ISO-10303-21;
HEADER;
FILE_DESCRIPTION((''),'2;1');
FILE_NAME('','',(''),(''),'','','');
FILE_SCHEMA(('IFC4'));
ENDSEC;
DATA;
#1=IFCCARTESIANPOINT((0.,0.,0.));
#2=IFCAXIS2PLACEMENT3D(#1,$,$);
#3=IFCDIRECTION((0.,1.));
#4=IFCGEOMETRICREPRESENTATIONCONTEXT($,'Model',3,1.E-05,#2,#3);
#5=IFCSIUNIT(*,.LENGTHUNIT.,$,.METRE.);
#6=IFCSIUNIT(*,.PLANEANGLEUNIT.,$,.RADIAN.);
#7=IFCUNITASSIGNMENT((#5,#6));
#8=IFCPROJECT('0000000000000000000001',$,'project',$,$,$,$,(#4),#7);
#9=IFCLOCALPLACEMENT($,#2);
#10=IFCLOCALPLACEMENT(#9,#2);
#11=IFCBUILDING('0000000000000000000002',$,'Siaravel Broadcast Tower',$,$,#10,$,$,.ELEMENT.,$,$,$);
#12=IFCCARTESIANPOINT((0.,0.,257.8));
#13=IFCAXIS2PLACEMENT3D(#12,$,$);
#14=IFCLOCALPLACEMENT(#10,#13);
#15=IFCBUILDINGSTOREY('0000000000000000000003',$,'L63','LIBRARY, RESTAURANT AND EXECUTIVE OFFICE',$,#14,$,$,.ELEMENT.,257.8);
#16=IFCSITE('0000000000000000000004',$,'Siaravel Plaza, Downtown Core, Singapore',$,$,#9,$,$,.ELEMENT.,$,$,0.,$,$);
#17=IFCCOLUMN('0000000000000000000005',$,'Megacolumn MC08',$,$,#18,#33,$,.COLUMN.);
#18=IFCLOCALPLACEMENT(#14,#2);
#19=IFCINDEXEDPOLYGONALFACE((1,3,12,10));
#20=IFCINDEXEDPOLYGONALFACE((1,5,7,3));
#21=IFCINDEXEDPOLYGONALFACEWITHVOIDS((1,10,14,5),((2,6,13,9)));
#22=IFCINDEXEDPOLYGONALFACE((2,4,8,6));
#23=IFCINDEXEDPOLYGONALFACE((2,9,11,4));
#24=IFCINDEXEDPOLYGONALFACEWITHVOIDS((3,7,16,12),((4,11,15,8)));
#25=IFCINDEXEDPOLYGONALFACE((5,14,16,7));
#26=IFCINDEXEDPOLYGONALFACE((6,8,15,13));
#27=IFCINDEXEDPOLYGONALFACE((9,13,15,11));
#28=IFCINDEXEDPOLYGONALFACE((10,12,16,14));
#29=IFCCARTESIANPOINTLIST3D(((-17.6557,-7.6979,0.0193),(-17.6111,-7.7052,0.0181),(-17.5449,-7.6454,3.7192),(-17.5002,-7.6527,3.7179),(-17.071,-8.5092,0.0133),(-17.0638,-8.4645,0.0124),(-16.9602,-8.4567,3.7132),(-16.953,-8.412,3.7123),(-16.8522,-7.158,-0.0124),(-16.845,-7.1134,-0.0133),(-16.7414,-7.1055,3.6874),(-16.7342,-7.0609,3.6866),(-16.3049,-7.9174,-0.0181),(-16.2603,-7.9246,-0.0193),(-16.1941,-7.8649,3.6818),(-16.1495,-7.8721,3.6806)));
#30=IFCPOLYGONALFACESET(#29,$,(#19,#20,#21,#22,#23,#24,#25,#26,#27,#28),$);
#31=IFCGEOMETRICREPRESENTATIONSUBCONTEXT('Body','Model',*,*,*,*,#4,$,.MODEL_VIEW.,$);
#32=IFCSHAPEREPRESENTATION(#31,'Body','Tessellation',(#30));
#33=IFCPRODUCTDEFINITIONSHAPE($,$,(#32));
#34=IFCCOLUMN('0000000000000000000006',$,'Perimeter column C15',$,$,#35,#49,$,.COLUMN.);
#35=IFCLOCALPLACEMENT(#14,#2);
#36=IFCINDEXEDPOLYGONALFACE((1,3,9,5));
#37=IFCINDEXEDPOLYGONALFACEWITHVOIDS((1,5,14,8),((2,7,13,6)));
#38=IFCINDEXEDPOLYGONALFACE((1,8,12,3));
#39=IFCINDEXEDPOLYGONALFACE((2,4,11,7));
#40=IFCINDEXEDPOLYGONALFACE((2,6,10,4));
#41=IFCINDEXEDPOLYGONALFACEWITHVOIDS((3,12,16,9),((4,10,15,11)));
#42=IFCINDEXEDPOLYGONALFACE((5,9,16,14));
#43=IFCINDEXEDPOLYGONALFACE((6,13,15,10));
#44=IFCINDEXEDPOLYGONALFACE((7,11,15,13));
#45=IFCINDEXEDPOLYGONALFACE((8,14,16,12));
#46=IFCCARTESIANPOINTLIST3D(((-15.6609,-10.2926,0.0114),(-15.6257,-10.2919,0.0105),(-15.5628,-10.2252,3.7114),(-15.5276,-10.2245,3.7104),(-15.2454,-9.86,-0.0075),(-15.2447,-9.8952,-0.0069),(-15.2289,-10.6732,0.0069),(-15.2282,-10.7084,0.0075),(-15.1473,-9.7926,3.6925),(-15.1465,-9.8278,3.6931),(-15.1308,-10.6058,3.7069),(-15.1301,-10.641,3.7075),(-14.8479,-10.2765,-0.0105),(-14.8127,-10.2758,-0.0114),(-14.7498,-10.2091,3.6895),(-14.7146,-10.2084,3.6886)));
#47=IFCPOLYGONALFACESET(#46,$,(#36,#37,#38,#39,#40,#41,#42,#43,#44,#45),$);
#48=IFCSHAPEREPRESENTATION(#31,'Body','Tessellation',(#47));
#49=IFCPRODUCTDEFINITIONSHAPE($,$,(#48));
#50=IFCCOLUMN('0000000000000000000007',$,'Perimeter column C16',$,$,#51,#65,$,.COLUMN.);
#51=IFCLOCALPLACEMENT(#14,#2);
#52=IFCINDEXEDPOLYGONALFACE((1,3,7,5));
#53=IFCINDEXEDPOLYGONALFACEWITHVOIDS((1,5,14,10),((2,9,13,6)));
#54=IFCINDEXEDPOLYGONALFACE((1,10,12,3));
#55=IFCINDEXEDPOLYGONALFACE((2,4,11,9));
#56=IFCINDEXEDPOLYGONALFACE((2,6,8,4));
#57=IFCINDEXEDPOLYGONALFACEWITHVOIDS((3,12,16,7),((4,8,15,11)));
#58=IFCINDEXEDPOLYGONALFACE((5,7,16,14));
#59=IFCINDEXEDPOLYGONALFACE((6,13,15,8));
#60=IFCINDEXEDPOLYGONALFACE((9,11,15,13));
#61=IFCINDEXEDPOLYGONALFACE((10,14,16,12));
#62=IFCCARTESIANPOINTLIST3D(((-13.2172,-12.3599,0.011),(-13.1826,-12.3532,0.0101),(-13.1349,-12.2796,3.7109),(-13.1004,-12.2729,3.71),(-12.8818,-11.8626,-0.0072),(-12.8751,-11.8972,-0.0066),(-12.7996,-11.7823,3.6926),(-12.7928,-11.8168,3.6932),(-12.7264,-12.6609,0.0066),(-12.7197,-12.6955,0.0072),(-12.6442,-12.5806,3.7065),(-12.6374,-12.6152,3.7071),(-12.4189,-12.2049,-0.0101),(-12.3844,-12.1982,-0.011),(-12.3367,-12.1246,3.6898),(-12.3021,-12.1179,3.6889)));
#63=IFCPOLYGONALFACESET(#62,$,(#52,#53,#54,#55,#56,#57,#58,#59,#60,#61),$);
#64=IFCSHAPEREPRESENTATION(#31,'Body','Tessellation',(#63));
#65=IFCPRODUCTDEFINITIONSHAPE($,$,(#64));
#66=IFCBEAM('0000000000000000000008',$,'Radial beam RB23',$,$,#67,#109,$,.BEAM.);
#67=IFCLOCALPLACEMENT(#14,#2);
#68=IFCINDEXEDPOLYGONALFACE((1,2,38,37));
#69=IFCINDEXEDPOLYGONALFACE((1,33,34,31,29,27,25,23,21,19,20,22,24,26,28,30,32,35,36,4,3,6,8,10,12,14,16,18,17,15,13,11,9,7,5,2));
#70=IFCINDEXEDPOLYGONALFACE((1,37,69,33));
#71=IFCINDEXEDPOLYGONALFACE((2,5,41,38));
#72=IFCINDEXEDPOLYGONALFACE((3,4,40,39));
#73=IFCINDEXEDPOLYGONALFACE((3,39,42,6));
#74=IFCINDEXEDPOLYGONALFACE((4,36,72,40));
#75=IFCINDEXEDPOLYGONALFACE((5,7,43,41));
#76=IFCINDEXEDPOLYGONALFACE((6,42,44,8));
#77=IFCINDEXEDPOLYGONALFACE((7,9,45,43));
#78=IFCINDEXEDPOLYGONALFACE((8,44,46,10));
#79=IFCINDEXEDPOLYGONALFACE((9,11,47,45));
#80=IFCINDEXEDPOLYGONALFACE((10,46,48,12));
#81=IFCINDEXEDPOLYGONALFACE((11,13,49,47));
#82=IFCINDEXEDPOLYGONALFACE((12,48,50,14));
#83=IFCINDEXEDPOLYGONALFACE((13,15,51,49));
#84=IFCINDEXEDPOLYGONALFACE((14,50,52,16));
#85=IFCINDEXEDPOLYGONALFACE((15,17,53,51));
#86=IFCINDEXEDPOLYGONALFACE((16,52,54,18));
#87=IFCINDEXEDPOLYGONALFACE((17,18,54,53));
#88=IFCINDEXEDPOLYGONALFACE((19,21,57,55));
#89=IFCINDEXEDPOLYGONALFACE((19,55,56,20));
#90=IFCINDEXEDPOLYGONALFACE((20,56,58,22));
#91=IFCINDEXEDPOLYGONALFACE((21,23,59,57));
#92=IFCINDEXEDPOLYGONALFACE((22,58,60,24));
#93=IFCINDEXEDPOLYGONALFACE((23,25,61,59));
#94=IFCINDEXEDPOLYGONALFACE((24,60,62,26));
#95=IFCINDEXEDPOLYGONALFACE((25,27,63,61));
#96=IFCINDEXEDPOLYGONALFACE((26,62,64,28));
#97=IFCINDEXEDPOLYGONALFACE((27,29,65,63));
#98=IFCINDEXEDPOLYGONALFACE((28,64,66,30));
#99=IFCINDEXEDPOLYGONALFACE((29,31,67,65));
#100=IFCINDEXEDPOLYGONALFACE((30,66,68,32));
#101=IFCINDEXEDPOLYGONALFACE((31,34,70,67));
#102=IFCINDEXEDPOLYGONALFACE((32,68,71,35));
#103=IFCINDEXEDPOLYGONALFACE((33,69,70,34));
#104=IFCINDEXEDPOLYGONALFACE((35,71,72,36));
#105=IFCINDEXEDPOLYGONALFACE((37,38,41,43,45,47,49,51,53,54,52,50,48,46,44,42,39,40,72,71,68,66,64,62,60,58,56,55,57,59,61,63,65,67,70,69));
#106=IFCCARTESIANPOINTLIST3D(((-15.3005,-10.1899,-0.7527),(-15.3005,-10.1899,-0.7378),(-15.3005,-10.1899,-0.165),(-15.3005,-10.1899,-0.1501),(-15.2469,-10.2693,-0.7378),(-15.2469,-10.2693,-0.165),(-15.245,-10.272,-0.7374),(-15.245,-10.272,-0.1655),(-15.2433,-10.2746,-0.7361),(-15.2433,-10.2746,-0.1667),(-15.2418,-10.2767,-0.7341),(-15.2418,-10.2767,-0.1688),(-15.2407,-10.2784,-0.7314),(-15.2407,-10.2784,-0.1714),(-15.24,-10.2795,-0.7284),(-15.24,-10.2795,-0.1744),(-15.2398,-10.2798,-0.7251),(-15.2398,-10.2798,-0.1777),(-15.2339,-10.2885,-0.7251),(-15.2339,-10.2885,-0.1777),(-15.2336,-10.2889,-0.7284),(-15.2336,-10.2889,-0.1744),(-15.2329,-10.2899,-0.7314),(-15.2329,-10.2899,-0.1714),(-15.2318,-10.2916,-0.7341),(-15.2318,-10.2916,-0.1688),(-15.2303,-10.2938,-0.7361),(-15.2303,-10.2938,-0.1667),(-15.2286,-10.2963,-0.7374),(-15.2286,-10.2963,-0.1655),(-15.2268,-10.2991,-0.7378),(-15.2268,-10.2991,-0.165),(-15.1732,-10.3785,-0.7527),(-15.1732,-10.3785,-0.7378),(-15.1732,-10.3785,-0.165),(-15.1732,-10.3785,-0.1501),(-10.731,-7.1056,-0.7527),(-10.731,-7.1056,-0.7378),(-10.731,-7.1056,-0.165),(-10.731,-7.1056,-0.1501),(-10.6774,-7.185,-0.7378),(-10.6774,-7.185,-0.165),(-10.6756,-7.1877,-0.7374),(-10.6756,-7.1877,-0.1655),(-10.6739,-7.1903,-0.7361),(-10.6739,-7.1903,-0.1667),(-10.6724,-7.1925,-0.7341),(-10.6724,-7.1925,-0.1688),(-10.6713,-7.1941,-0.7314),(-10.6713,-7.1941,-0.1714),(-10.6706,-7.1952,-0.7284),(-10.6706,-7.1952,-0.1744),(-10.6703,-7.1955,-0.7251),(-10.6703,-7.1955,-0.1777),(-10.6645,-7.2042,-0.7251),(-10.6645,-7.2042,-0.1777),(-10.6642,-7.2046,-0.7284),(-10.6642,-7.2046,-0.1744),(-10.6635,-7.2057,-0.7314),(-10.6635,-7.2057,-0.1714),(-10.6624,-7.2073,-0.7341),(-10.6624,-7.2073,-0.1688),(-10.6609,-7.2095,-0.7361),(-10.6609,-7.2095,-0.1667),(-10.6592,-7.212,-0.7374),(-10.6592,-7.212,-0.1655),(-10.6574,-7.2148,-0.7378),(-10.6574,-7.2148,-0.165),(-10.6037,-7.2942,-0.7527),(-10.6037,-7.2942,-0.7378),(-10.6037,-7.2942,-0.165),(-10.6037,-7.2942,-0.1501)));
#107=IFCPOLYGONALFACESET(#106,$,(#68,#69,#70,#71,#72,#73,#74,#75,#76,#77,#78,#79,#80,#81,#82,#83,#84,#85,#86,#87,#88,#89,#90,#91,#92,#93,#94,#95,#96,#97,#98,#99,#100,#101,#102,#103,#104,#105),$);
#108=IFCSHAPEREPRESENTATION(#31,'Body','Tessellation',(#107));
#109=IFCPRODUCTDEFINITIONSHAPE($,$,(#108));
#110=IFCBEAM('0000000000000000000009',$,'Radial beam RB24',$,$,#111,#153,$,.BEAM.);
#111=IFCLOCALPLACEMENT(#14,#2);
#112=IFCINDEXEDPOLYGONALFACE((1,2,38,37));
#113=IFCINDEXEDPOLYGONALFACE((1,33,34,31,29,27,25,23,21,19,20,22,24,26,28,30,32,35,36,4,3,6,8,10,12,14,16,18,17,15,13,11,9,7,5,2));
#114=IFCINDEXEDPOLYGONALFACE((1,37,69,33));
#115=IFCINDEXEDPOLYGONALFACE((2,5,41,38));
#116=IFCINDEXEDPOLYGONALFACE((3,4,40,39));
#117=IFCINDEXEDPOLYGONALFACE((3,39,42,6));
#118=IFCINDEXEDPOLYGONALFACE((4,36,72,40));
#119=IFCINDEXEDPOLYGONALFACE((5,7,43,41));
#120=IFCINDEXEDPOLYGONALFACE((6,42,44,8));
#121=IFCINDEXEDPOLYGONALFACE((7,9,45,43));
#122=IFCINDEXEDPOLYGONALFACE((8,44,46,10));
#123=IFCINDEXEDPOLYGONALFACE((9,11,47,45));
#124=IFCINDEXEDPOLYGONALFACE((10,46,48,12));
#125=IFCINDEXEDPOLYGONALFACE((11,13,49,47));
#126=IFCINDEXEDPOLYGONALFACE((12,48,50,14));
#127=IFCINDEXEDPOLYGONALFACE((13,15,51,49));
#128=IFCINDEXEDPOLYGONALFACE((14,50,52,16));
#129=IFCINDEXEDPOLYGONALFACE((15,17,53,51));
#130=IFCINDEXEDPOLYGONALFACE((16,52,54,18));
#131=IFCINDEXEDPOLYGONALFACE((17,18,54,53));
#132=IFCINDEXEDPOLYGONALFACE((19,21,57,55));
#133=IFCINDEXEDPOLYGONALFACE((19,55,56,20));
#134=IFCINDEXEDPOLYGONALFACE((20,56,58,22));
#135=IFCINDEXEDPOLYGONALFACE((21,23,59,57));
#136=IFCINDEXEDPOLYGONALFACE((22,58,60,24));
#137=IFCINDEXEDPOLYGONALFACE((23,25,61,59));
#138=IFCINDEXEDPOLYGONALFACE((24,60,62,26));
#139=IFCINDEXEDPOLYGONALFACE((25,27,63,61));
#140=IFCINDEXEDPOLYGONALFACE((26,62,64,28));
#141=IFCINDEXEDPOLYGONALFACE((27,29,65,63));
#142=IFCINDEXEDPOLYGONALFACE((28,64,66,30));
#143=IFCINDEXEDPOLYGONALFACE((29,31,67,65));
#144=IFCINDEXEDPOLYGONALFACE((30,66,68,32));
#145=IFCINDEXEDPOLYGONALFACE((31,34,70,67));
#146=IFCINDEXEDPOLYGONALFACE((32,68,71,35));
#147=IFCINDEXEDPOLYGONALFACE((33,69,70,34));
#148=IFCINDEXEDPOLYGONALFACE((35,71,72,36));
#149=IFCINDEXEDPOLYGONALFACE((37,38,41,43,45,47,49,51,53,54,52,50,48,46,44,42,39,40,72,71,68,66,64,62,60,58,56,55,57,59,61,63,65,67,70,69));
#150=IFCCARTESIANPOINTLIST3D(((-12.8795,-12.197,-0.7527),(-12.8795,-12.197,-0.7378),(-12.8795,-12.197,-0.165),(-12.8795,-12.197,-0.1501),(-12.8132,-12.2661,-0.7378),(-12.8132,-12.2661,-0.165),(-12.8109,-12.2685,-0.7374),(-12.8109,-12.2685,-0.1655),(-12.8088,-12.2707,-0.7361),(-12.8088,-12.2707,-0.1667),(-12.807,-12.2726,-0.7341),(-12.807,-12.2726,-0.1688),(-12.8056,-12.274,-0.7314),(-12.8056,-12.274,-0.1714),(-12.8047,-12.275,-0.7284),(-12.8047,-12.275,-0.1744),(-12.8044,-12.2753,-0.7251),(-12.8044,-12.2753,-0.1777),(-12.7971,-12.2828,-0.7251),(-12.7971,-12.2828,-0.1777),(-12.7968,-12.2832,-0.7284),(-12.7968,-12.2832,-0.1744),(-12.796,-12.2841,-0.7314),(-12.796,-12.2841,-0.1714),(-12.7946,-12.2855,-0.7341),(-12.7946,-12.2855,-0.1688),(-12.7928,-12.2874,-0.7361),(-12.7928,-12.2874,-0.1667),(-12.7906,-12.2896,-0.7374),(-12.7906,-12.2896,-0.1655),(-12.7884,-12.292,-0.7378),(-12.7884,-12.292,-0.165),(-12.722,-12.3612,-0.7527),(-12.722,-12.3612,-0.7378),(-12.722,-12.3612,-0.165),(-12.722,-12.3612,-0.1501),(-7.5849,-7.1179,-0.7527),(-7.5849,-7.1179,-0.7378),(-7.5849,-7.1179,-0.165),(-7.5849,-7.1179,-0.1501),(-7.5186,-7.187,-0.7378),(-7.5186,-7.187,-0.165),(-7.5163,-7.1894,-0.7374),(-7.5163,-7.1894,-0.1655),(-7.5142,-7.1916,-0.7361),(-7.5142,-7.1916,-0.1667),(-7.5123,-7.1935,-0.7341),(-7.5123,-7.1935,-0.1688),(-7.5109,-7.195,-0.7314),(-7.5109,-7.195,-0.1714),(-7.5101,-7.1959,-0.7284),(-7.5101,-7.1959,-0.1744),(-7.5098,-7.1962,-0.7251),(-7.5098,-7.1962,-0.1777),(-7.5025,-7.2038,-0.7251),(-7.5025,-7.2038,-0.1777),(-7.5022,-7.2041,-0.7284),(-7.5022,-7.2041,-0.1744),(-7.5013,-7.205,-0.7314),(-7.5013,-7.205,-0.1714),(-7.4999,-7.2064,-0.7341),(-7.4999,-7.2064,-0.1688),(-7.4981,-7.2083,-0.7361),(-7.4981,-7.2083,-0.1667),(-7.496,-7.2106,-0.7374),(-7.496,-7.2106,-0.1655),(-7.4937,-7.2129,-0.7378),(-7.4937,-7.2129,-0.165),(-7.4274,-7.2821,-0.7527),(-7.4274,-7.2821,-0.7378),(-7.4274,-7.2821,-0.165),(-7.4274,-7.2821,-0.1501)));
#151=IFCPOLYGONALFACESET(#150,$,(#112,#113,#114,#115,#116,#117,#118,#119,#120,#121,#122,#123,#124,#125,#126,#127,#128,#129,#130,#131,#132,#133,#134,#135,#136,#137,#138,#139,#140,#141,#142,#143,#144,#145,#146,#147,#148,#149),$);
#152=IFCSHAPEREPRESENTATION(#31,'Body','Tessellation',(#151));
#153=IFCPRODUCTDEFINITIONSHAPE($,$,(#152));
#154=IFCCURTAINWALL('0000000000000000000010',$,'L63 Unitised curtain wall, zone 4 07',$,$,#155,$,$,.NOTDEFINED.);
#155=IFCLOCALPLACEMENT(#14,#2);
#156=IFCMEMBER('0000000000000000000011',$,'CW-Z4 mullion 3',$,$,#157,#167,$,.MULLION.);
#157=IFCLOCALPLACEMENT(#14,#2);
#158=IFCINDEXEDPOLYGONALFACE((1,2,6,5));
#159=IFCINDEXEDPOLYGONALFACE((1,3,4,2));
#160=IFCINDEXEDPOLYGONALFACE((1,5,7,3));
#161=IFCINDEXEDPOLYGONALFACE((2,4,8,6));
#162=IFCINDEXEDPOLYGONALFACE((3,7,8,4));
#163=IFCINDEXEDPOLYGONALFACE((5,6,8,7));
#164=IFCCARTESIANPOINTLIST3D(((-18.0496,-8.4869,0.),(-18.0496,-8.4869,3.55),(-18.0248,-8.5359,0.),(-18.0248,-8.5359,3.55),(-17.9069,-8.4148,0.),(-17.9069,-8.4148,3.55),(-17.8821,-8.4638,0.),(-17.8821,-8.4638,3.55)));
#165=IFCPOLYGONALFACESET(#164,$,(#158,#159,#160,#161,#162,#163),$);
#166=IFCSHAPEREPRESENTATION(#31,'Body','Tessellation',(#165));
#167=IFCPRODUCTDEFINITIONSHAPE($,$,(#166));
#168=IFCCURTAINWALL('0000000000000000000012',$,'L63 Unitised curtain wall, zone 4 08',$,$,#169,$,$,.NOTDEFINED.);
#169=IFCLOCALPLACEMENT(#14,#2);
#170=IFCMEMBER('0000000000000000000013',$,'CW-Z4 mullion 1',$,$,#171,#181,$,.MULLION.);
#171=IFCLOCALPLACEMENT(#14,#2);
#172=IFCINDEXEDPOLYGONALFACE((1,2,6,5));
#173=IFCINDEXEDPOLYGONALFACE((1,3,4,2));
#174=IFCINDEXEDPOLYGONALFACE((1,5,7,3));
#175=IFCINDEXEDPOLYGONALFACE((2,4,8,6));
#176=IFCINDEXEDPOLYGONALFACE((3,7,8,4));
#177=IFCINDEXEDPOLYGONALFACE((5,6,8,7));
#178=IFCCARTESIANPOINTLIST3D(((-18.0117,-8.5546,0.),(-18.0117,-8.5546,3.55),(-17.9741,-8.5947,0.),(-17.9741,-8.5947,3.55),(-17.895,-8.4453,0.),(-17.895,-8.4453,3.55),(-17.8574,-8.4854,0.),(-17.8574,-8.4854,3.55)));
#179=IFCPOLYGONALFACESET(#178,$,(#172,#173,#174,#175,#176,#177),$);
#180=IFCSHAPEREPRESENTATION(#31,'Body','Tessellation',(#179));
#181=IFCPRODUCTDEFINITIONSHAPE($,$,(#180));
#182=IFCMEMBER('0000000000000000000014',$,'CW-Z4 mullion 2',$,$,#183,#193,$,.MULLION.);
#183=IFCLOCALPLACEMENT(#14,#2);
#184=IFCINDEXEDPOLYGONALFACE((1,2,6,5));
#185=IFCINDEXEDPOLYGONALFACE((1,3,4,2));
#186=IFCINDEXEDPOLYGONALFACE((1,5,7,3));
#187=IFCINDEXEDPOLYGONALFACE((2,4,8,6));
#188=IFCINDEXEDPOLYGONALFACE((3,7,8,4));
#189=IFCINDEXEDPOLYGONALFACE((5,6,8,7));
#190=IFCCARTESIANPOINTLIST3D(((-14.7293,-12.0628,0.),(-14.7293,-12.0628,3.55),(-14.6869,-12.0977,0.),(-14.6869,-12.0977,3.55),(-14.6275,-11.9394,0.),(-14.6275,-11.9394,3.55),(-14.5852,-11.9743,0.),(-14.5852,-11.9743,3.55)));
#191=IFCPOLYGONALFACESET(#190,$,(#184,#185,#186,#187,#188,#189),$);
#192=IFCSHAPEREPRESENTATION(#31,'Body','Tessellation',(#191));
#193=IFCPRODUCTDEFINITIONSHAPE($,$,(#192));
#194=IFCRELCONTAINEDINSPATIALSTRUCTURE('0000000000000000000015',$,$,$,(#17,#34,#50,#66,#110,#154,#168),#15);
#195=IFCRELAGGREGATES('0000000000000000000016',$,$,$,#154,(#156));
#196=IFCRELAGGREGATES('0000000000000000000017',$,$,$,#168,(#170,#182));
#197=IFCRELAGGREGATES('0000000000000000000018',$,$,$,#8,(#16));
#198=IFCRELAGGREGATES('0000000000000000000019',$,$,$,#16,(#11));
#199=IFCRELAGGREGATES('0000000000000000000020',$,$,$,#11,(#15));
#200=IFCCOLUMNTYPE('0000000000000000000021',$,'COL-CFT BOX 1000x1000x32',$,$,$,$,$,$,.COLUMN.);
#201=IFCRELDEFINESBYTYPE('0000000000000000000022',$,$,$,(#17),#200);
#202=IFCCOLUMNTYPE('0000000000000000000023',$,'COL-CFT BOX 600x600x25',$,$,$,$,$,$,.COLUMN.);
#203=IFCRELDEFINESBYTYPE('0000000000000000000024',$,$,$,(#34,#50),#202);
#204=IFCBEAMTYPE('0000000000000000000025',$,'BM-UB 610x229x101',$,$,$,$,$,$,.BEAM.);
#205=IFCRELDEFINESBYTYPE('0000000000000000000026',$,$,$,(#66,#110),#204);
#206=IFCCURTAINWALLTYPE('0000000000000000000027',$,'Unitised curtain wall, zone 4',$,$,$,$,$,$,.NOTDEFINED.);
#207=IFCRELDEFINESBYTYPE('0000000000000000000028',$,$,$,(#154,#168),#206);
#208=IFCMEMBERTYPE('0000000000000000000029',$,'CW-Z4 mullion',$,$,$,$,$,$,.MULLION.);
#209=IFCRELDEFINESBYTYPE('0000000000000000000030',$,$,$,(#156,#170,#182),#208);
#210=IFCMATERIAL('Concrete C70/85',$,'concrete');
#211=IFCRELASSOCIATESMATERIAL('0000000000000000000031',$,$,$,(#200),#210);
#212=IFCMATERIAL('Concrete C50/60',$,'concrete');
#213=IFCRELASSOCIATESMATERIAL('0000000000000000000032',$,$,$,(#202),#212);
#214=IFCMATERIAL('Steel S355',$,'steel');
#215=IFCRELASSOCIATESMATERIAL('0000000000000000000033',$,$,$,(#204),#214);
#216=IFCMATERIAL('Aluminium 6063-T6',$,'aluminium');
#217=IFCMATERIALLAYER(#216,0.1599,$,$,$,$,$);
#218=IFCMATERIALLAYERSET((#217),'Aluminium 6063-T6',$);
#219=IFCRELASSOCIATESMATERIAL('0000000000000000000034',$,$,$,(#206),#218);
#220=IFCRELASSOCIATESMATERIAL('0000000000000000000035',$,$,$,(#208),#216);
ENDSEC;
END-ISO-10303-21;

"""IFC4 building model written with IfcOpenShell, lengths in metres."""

from ifc_helpers import new_model, si_unit, direction, frame, origin, origin_2d, place, context, subcontext, project, spatial, rectangle, hollow_rectangle, i_section, extrude, material, layer, layer_set, material_profile, profile_set, type_object, element, aggregate, save


model = new_model("IFC4")

# Units and contexts
model_context = context("Model", 3, precision=1e-05, world=origin(), true_north=direction((0.0, 1.0)))
body_context = subcontext(model_context, "Body", "Model", "MODEL_VIEW")
ifc_project = project(units=[si_unit("LENGTHUNIT", "METRE"), si_unit("PLANEANGLEUNIT", "RADIAN")], contexts=[model_context])

# Site, building, storey
site_placement = place(None, origin())
site = spatial("IfcSite", under=ifc_project, at=site_placement, Name="Siaravel Plaza, Downtown Core, Singapore", CompositionType="ELEMENT", RefElevation=0.0)
building_placement = place(site_placement, origin())
building = spatial("IfcBuilding", under=site, at=building_placement, Name="Siaravel Broadcast Tower", CompositionType="ELEMENT")
storey_placement = place(building_placement, frame((0.0, 0.0, 257.8)))
storey = spatial("IfcBuildingStorey", under=building, at=storey_placement, Name="L63", Description="LIBRARY, RESTAURANT AND EXECUTIVE OFFICE", CompositionType="ELEMENT", Elevation=257.8)

# Columns
ifc_material_1 = material(Name="Concrete C70/85", Category="concrete")
ifc_material_profile_1 = material_profile(ifc_material_1, hollow_rectangle(XDim=1.0, YDim=1.0, WallThickness=0.032, at=origin_2d()))
ifc_profile_set_1 = profile_set([ifc_material_profile_1], Name="Concrete C70/85")
column_type_1 = type_object("IfcColumnType", Name="COL-CFT BOX 1000x1000x32", PredefinedType="COLUMN", material=ifc_profile_set_1)
column_1_placement = place(storey_placement, frame((-16.958, -7.8113, 0.0), z_axis=(0.029941, 0.014179, 0.999451), x_axis=(-0.58468, 0.811242, 0.006006)))
element("IfcColumn", 1, at=column_1_placement, inside=storey, type_object=column_type_1, Name="Megacolumn MC08", PredefinedType="COLUMN", context=body_context, shape_type="SweptSolid", body=[
    extrude(hollow_rectangle(XDim=1.0, YDim=1.0, WallThickness=0.032, at=origin_2d()), origin(), (0.0, 0.0, 1.0), 3.7019),
])
ifc_material_2 = material(Name="Concrete C50/60", Category="concrete")
ifc_material_profile_2 = material_profile(ifc_material_2, hollow_rectangle(XDim=0.6001, YDim=0.6001, WallThickness=0.0249, at=origin_2d()))
ifc_profile_set_2 = profile_set([ifc_material_profile_2], Name="Concrete C50/60")
column_type_2 = type_object("IfcColumnType", Name="COL-CFT BOX 600x600x25", PredefinedType="COLUMN", material=ifc_profile_set_2)
column_2_placement = place(storey_placement, frame((-15.2368, -10.2842, 0.0), z_axis=(0.026512, 0.018202, 0.999483), x_axis=(-0.721012, 0.692892, 0.006507)))
element("IfcColumn", 2, at=column_2_placement, inside=storey, type_object=column_type_2, Name="Perimeter column C15", PredefinedType="COLUMN", context=body_context, shape_type="SweptSolid", body=[
    extrude(hollow_rectangle(XDim=0.6001, YDim=0.6001, WallThickness=0.0249, at=origin_2d()), origin(), (0.0, 0.0, 1.0), 3.7019),
])
column_3_placement = place(storey_placement, frame((-12.8008, -12.2791, 0.0), z_axis=(0.022226, 0.021699, 0.999517), x_axis=(-0.828995, 0.559221, 0.006294)))
element("IfcColumn", 3, at=column_3_placement, inside=storey, type_object=column_type_2, Name="Perimeter column C16", PredefinedType="COLUMN", context=body_context, shape_type="SweptSolid", body=[
    extrude(hollow_rectangle(XDim=0.6001, YDim=0.6001, WallThickness=0.0249, at=origin_2d()), origin(), (0.0, 0.0, 1.0), 3.7017),
])

# Beams
ifc_material_3 = material(Name="Steel S355", Category="steel")
ifc_material_profile_3 = material_profile(ifc_material_3, i_section(OverallWidth=0.2275, OverallDepth=0.6025, WebThickness=0.0105, FlangeThickness=0.0149, FilletRadius=0.0127, at=origin_2d()))
ifc_profile_set_3 = profile_set([ifc_material_profile_3], Name="Steel S355")
beam_type = type_object("IfcBeamType", Name="BM-UB 610x229x101", PredefinedType="BEAM", material=ifc_profile_set_3)
beam_1_placement = place(storey_placement, frame((-15.2368, -10.2842, -0.4514), z_axis=(0.828855, 0.559464, 0.0), x_axis=(-0.559464, 0.828855, 0.0)))
element("IfcBeam", 4, at=beam_1_placement, inside=storey, type_object=beam_type, Name="Radial beam RB23", PredefinedType="BEAM", context=body_context, shape_type="SweptSolid", body=[
    extrude(i_section(OverallWidth=0.2275, OverallDepth=0.6025, WebThickness=0.0105, FlangeThickness=0.0149, FilletRadius=0.0127, at=origin_2d()), origin(), (0.0, 0.0, 1.0), 5.5129),
])
beam_2_placement = place(storey_placement, frame((-12.8008, -12.2791, -0.4514), z_axis=(0.721645, 0.692263, 0.0), x_axis=(-0.692263, 0.721645, 0.0)))
element("IfcBeam", 5, at=beam_2_placement, inside=storey, type_object=beam_type, Name="Radial beam RB24", PredefinedType="BEAM", context=body_context, shape_type="SweptSolid", body=[
    extrude(i_section(OverallWidth=0.2275, OverallDepth=0.6025, WebThickness=0.0105, FlangeThickness=0.0149, FilletRadius=0.0127, at=origin_2d()), origin(), (0.0, 0.0, 1.0), 7.3369),
])

# Curtain wall, member
ifc_material_4 = material(Name="Aluminium 6063-T6", Category="aluminium")
ifc_layer_1 = layer(ifc_material_4, 0.1599)
ifc_layer_set_1 = layer_set([ifc_layer_1], Name="Aluminium 6063-T6")
curtain_wall_type = type_object("IfcCurtainWallType", Name="Unitised curtain wall, zone 4", PredefinedType="NOTDEFINED", material=ifc_layer_set_1)
curtain_wall_1_placement = place(storey_placement, origin())
curtain_wall_1 = element("IfcCurtainWall", 6, at=curtain_wall_1_placement, inside=storey, type_object=curtain_wall_type, Name="L63 Unitised curtain wall, zone 4 07", PredefinedType="NOTDEFINED")
ifc_material_profile_4 = material_profile(ifc_material_4, rectangle(XDim=0.1599, YDim=0.0549, at=origin_2d()))
ifc_profile_set_4 = profile_set([ifc_material_profile_4], Name="Aluminium 6063-T6")
member_type_1 = type_object("IfcMemberType", Name="CW-Z4 mullion", PredefinedType="MULLION", material=ifc_profile_set_4)
member_1_placement = place(storey_placement, frame((-17.9658, -8.4753, 0.0), z_axis=(0.0, 0.0, 1.0), x_axis=(0.892393, 0.451259, 0.0)))
member_1 = element("IfcMember", 7, at=member_1_placement, type_object=member_type_1, Name="CW-Z4 mullion 3", PredefinedType="MULLION", context=body_context, shape_type="SweptSolid", body=[
    extrude(rectangle(XDim=0.1599, YDim=0.0549, at=origin_2d()), origin(), (0.0, 0.0, 1.0), 3.55),
])
aggregate(curtain_wall_1, [member_1])

# Curtain wall, members
curtain_wall_2_placement = place(storey_placement, origin())
curtain_wall_2 = element("IfcCurtainWall", 8, at=curtain_wall_2_placement, inside=storey, type_object=curtain_wall_type, Name="L63 Unitised curtain wall, zone 4 08", PredefinedType="NOTDEFINED")
member_2_placement = place(storey_placement, frame((-17.9346, -8.52, 0.0), z_axis=(0.0, 0.0, 1.0), x_axis=(0.729807, 0.683654, 0.0)))
member_2 = element("IfcMember", 9, at=member_2_placement, type_object=member_type_1, Name="CW-Z4 mullion 1", PredefinedType="MULLION", context=body_context, shape_type="SweptSolid", body=[
    extrude(rectangle(XDim=0.1599, YDim=0.0549, at=origin_2d()), origin(), (0.0, 0.0, 1.0), 3.55),
])
member_3_placement = place(storey_placement, frame((-14.6572, -12.0186, 0.0), z_axis=(0.0, 0.0, 1.0), x_axis=(0.63622, 0.771508, 0.0)))
member_3 = element("IfcMember", 10, at=member_3_placement, type_object=member_type_1, Name="CW-Z4 mullion 2", PredefinedType="MULLION", context=body_context, shape_type="SweptSolid", body=[
    extrude(rectangle(XDim=0.1599, YDim=0.0549, at=origin_2d()), origin(), (0.0, 0.0, 1.0), 3.55),
])
aggregate(curtain_wall_2, [member_2, member_3])

save(model, "model.ifc")
